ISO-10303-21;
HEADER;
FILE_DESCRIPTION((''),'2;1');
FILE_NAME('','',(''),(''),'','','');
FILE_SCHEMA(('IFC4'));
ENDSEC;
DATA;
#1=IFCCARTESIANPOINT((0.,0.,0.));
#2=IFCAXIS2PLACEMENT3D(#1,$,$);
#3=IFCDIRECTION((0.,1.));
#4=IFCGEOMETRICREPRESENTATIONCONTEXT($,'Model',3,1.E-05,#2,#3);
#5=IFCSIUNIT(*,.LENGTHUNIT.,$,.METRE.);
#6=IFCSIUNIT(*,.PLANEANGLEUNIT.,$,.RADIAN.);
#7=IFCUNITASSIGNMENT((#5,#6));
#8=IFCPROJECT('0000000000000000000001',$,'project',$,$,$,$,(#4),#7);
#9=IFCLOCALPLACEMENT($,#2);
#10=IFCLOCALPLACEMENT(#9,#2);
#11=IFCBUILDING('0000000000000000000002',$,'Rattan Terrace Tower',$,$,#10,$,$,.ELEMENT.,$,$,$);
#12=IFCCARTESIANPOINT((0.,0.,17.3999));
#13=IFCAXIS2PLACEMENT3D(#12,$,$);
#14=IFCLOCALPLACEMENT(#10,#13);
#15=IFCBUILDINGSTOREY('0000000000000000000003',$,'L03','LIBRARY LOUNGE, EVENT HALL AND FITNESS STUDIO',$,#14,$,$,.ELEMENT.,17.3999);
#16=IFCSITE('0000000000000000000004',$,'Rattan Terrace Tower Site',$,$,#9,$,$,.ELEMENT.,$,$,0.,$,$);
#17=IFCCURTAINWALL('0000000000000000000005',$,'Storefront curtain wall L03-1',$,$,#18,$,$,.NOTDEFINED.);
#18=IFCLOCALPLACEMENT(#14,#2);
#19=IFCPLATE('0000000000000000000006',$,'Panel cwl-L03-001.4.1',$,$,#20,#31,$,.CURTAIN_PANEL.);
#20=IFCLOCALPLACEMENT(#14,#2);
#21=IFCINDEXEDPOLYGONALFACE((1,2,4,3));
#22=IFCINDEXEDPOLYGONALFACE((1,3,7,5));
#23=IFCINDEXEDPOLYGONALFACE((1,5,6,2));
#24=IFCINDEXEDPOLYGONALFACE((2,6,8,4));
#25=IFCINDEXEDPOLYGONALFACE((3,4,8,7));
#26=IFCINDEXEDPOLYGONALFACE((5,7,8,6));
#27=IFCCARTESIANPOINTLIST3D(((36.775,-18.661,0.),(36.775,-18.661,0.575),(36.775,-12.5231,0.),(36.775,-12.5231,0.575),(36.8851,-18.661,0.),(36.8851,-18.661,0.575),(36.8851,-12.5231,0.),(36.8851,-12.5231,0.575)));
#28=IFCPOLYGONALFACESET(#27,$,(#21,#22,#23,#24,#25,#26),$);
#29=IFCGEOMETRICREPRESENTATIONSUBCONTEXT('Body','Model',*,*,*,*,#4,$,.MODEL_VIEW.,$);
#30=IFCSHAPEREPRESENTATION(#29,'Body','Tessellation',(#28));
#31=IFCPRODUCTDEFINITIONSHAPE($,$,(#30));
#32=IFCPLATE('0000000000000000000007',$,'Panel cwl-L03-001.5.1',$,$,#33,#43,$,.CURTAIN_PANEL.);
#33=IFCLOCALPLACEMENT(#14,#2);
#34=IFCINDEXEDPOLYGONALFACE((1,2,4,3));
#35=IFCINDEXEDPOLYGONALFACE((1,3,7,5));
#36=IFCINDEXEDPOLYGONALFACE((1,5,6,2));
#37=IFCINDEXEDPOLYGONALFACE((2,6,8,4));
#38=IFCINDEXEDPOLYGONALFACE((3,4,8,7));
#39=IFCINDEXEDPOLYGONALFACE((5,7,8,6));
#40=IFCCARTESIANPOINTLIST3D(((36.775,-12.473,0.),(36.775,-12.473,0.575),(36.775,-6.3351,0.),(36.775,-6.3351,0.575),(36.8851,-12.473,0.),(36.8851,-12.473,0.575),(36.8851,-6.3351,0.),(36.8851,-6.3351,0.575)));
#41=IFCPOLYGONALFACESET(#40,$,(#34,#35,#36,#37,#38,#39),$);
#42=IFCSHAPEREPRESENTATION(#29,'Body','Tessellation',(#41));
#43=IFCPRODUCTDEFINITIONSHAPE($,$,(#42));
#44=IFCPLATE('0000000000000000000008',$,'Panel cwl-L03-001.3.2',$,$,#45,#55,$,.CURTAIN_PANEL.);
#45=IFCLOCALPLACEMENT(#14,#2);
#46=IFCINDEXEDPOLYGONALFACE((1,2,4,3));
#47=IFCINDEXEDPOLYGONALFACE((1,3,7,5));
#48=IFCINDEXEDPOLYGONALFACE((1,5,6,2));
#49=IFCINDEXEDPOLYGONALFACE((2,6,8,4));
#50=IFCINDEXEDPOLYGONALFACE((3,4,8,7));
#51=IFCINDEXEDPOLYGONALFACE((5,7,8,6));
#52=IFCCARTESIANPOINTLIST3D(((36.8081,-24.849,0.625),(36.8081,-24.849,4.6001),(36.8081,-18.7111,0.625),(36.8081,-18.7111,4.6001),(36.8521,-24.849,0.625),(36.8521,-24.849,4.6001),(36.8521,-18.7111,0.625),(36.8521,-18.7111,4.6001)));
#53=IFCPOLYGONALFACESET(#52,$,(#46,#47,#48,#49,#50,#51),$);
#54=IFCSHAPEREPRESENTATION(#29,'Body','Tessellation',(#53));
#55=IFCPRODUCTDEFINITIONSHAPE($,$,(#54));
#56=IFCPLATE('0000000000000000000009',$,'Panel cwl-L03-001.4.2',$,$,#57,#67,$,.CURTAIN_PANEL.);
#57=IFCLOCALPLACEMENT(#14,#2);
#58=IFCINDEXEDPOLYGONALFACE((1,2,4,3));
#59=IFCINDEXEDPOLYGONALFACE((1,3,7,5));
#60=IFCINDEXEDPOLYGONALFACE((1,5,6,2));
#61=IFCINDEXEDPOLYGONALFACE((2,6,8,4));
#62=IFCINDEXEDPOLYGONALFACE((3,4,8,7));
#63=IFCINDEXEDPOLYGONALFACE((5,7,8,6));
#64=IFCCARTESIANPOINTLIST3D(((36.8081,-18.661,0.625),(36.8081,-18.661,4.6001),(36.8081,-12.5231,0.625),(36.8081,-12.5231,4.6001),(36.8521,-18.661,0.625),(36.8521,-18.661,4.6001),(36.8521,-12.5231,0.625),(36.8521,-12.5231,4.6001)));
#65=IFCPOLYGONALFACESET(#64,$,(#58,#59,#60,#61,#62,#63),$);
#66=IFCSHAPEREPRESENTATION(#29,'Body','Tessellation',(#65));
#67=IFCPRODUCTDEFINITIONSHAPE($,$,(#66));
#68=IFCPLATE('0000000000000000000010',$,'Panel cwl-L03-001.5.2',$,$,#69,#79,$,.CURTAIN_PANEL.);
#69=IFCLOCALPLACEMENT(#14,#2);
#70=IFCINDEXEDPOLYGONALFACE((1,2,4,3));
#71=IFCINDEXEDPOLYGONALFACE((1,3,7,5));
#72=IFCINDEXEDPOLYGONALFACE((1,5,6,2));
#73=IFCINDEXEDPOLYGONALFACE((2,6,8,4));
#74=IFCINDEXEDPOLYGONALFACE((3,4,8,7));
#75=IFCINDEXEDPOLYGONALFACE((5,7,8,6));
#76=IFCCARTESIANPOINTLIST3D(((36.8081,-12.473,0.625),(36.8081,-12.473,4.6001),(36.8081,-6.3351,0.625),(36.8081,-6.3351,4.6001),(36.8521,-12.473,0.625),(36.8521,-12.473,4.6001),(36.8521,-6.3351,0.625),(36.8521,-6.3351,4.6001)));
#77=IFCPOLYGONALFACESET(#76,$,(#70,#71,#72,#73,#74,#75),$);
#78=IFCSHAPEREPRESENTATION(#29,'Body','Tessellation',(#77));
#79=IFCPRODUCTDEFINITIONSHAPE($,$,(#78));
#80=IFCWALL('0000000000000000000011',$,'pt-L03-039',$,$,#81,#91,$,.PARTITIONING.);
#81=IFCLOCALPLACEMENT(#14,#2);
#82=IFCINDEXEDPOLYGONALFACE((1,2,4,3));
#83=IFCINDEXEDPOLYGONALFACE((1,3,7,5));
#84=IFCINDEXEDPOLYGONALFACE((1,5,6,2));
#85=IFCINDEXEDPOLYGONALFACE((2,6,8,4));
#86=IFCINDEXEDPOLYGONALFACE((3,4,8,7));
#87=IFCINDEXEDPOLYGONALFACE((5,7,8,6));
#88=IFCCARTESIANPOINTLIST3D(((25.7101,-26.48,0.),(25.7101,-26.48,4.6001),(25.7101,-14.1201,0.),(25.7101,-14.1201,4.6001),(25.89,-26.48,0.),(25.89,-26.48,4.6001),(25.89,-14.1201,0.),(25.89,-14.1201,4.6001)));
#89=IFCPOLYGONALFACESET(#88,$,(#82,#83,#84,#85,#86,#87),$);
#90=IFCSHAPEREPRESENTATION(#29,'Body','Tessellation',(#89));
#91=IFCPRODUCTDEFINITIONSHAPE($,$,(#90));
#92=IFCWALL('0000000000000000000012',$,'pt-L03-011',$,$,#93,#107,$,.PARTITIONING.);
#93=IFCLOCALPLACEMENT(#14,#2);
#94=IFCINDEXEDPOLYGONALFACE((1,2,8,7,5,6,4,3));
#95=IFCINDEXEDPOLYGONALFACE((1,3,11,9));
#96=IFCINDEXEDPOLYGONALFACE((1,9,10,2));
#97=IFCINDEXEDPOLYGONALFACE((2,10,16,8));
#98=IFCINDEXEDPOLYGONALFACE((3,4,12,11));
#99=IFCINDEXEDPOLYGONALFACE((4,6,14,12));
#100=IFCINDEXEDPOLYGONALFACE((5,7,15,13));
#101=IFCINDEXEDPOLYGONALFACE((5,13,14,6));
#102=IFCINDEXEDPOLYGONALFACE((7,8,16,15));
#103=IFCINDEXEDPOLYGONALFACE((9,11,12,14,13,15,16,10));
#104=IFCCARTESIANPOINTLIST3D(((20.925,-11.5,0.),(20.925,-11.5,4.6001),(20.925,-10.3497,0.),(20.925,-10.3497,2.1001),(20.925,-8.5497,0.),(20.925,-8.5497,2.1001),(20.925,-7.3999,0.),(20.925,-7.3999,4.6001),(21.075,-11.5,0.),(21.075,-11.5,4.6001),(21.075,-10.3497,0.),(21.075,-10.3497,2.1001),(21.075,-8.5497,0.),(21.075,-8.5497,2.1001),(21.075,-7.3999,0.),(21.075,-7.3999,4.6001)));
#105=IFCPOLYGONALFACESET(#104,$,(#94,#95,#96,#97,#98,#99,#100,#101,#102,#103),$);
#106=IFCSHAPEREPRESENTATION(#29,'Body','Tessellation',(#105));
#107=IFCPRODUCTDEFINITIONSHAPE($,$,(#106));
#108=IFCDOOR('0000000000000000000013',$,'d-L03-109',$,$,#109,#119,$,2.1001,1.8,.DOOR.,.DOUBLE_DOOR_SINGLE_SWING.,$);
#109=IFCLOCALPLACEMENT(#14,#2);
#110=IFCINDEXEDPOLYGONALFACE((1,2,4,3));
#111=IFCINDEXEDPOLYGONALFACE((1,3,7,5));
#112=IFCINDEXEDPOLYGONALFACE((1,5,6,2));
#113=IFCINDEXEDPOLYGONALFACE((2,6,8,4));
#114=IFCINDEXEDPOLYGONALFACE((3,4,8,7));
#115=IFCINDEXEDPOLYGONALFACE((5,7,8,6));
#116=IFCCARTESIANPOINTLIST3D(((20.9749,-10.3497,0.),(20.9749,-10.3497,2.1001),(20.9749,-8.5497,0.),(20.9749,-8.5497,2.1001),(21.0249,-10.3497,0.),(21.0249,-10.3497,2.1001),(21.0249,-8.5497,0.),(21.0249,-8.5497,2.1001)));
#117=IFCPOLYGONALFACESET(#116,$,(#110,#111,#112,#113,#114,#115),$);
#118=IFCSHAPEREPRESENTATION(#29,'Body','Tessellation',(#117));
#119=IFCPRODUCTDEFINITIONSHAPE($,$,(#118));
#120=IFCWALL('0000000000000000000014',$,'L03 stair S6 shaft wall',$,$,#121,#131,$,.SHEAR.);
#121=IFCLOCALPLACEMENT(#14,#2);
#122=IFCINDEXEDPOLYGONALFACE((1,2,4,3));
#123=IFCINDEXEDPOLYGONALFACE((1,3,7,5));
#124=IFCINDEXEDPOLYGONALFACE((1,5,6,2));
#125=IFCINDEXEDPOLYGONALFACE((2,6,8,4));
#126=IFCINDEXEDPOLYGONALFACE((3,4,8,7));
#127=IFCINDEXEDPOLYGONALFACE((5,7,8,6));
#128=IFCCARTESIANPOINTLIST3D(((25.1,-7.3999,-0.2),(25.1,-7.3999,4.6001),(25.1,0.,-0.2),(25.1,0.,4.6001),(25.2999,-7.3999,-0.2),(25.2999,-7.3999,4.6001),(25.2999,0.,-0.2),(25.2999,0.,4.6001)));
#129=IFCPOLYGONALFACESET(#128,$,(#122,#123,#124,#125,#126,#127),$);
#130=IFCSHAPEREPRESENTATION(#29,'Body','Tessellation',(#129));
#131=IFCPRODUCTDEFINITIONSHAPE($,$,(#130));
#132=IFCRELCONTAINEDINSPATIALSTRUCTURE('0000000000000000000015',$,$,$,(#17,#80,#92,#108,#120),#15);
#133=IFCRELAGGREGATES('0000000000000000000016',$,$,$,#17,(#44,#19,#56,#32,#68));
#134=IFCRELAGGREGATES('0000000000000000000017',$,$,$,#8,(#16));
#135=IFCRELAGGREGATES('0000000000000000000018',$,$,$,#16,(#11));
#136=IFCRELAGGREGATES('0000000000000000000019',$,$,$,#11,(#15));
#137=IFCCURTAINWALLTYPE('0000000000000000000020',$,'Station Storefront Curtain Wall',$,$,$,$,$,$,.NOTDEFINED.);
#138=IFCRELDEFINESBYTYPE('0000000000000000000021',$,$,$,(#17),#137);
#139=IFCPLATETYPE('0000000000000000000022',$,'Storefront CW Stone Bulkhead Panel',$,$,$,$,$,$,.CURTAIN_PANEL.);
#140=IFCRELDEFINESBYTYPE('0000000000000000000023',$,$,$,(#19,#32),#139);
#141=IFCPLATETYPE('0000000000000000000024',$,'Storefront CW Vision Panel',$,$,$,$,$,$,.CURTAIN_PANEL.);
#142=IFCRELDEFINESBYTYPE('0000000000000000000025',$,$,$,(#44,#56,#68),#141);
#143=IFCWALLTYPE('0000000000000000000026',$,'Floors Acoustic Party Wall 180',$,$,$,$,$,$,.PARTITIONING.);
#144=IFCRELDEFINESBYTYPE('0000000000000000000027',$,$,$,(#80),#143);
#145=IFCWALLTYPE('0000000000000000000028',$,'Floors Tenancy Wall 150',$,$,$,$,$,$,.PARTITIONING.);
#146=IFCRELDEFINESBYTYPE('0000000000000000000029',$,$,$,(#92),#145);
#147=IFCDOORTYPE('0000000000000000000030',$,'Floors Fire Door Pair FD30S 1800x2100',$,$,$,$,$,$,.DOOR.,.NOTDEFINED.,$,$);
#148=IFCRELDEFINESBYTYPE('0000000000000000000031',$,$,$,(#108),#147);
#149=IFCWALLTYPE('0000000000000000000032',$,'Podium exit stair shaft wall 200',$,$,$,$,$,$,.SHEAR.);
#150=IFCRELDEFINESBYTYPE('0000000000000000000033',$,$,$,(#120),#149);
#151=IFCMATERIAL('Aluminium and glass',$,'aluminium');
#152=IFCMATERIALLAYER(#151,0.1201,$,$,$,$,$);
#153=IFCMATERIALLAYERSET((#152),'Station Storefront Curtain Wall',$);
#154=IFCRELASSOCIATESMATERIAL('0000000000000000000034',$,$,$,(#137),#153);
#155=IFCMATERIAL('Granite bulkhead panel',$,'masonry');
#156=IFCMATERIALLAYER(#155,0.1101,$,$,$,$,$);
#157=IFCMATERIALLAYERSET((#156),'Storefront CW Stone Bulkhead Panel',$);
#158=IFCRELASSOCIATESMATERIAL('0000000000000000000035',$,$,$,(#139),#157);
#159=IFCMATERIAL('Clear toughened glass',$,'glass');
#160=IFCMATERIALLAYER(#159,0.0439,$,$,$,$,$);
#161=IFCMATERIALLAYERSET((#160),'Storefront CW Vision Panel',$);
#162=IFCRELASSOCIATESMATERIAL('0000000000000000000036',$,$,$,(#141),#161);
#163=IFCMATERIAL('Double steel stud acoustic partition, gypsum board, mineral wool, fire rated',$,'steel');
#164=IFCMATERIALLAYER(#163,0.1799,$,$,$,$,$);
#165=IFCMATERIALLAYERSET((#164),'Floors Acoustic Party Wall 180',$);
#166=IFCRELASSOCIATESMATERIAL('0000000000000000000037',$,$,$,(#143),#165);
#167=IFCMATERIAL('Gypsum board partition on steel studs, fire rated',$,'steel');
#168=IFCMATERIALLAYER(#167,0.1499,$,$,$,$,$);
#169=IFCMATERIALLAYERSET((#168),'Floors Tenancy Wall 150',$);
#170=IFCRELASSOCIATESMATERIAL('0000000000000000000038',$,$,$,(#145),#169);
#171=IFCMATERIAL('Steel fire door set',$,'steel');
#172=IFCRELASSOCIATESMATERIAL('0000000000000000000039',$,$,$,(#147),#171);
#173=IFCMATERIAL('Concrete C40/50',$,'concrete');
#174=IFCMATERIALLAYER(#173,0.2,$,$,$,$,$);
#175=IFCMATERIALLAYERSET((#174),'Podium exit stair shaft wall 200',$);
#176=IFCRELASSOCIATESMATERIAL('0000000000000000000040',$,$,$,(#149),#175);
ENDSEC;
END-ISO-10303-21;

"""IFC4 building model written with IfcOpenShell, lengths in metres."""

from ifc_helpers import new_model, si_unit, direction, frame, frame_2d, origin, origin_2d, place, context, subcontext, project, spatial, rectangle, extrude, material, layer, layer_set, type_object, element, fill, aggregate, save


model = new_model("IFC4")

# Units and contexts
model_context = context("Model", 3, precision=1e-05, world=origin(), true_north=direction((0.0, 1.0)))
body_context = subcontext(model_context, "Body", "Model", "MODEL_VIEW")
ifc_project = project(units=[si_unit("LENGTHUNIT", "METRE"), si_unit("PLANEANGLEUNIT", "RADIAN")], contexts=[model_context])

# Site, building, storey
site_placement = place(None, origin())
site = spatial("IfcSite", under=ifc_project, at=site_placement, Name="Rattan Terrace Tower Site", CompositionType="ELEMENT", RefElevation=0.0)
building_placement = place(site_placement, origin())
building = spatial("IfcBuilding", under=site, at=building_placement, Name="Rattan Terrace Tower", CompositionType="ELEMENT")
storey_placement = place(building_placement, frame((0.0, 0.0, 17.3999)))
storey = spatial("IfcBuildingStorey", under=building, at=storey_placement, Name="L03", Description="LIBRARY LOUNGE, EVENT HALL AND FITNESS STUDIO", CompositionType="ELEMENT", Elevation=17.3999)

# Curtain wall, plates
ifc_material_1 = material(Name="Aluminium and glass", Category="aluminium")
ifc_layer_1 = layer(ifc_material_1, 0.1201)
ifc_layer_set_1 = layer_set([ifc_layer_1], Name="Station Storefront Curtain Wall")
curtain_wall_type = type_object("IfcCurtainWallType", Name="Station Storefront Curtain Wall", PredefinedType="NOTDEFINED", material=ifc_layer_set_1)
curtain_wall_placement = place(storey_placement, origin())
curtain_wall = element("IfcCurtainWall", 1, at=curtain_wall_placement, inside=storey, type_object=curtain_wall_type, Name="Storefront curtain wall L03-1", PredefinedType="NOTDEFINED")
ifc_material_2 = material(Name="Granite bulkhead panel", Category="masonry")
ifc_layer_2 = layer(ifc_material_2, 0.1101)
ifc_layer_set_2 = layer_set([ifc_layer_2], Name="Storefront CW Stone Bulkhead Panel")
plate_type_1 = type_object("IfcPlateType", Name="Storefront CW Stone Bulkhead Panel", PredefinedType="CURTAIN_PANEL", material=ifc_layer_set_2)
plate_1_placement = place(storey_placement, frame((36.8301, -15.592, 0.0), z_axis=(0.0, 0.0, 1.0), x_axis=(0.0, 1.0, 0.0)))
plate_1 = element("IfcPlate", 2, at=plate_1_placement, type_object=plate_type_1, Name="Panel cwl-L03-001.4.1", PredefinedType="CURTAIN_PANEL", context=body_context, shape_type="SweptSolid", body=[
    extrude(rectangle(XDim=6.1379, YDim=0.1101, at=origin_2d()), origin(), (0.0, 0.0, 1.0), 0.575),
])
plate_2_placement = place(storey_placement, frame((36.8301, -9.4041, 0.0), z_axis=(0.0, 0.0, 1.0), x_axis=(0.0, 1.0, 0.0)))
plate_2 = element("IfcPlate", 3, at=plate_2_placement, type_object=plate_type_1, Name="Panel cwl-L03-001.5.1", PredefinedType="CURTAIN_PANEL", context=body_context, shape_type="SweptSolid", body=[
    extrude(rectangle(XDim=6.1379, YDim=0.1101, at=origin_2d()), origin(), (0.0, 0.0, 1.0), 0.575),
])
ifc_material_3 = material(Name="Clear toughened glass", Category="glass")
ifc_layer_3 = layer(ifc_material_3, 0.0439)
ifc_layer_set_3 = layer_set([ifc_layer_3], Name="Storefront CW Vision Panel")
plate_type_2 = type_object("IfcPlateType", Name="Storefront CW Vision Panel", PredefinedType="CURTAIN_PANEL", material=ifc_layer_set_3)
plate_3_placement = place(storey_placement, frame((36.8301, -21.78, 0.625), z_axis=(0.0, 0.0, 1.0), x_axis=(0.0, 1.0, 0.0)))
plate_3 = element("IfcPlate", 4, at=plate_3_placement, type_object=plate_type_2, Name="Panel cwl-L03-001.3.2", PredefinedType="CURTAIN_PANEL", context=body_context, shape_type="SweptSolid", body=[
    extrude(rectangle(XDim=6.1379, YDim=0.0439, at=origin_2d()), origin(), (0.0, 0.0, 1.0), 3.9751),
])
plate_4_placement = place(storey_placement, frame((36.8301, -15.592, 0.625), z_axis=(0.0, 0.0, 1.0), x_axis=(0.0, 1.0, 0.0)))
plate_4 = element("IfcPlate", 5, at=plate_4_placement, type_object=plate_type_2, Name="Panel cwl-L03-001.4.2", PredefinedType="CURTAIN_PANEL", context=body_context, shape_type="SweptSolid", body=[
    extrude(rectangle(XDim=6.1379, YDim=0.0439, at=origin_2d()), origin(), (0.0, 0.0, 1.0), 3.9751),
])
plate_5_placement = place(storey_placement, frame((36.8301, -9.4041, 0.625), z_axis=(0.0, 0.0, 1.0), x_axis=(0.0, 1.0, 0.0)))
plate_5 = element("IfcPlate", 6, at=plate_5_placement, type_object=plate_type_2, Name="Panel cwl-L03-001.5.2", PredefinedType="CURTAIN_PANEL", context=body_context, shape_type="SweptSolid", body=[
    extrude(rectangle(XDim=6.1379, YDim=0.0439, at=origin_2d()), origin(), (0.0, 0.0, 1.0), 3.9751),
])
aggregate(curtain_wall, [plate_3, plate_1, plate_4, plate_2, plate_5])

# Wall
ifc_material_4 = material(Name="Double steel stud acoustic partition, gypsum board, mineral wool, fire rated", Category="steel")
ifc_layer_4 = layer(ifc_material_4, 0.1799)
ifc_layer_set_4 = layer_set([ifc_layer_4], Name="Floors Acoustic Party Wall 180")
wall_type_1 = type_object("IfcWallType", Name="Floors Acoustic Party Wall 180", PredefinedType="PARTITIONING", material=ifc_layer_set_4)
wall_1_placement = place(storey_placement, frame((25.8, -14.1201, 0.0), z_axis=(0.0, 0.0, 1.0), x_axis=(0.0, -1.0, 0.0)))
element("IfcWall", 7, at=wall_1_placement, inside=storey, type_object=wall_type_1, Name="pt-L03-039", PredefinedType="PARTITIONING", context=body_context, shape_type="SweptSolid", body=[
    extrude(rectangle(XDim=12.3599, YDim=0.1799, at=frame_2d((6.1799, 0.0))), origin(), (0.0, 0.0, 1.0), 4.6001),
])

# Wall, opening, door
ifc_material_5 = material(Name="Gypsum board partition on steel studs, fire rated", Category="steel")
ifc_layer_5 = layer(ifc_material_5, 0.1499)
ifc_layer_set_5 = layer_set([ifc_layer_5], Name="Floors Tenancy Wall 150")
wall_type_2 = type_object("IfcWallType", Name="Floors Tenancy Wall 150", PredefinedType="PARTITIONING", material=ifc_layer_set_5)
wall_2_placement = place(storey_placement, frame((21.0, -7.3999, 0.0), z_axis=(0.0, 0.0, 1.0), x_axis=(0.0, -1.0, 0.0)))
wall_2 = element("IfcWall", 8, at=wall_2_placement, inside=storey, type_object=wall_type_2, Name="pt-L03-011", PredefinedType="PARTITIONING", context=body_context, shape_type="SweptSolid", body=[
    extrude(rectangle(XDim=4.1001, YDim=0.1499, at=frame_2d((2.05, 0.0))), origin(), (0.0, 0.0, 1.0), 4.6001),
])
opening_placement = place(wall_2_placement, frame((1.1499, 0.0, 0.0)))
opening = element("IfcOpeningElement", 9, at=opening_placement, cuts=wall_2, PredefinedType="OPENING", context=body_context, shape_type="SweptSolid", body=[
    extrude(rectangle(XDim=1.8, YDim=2.1001, at=frame_2d((0.8999, 1.05))), frame((0.0, 0.0854, 0.0), z_axis=(0.0, -1.0, 0.0), x_axis=(1.0, 0.0, 0.0)), (0.0, 0.0, 1.0), 0.1709),
])
ifc_material_6 = material(Name="Steel fire door set", Category="steel")
door_type = type_object("IfcDoorType", Name="Floors Fire Door Pair FD30S 1800x2100", OperationType="NOTDEFINED", PredefinedType="DOOR", material=ifc_material_6)
door_placement = place(opening_placement, origin())
door = element("IfcDoor", 10, at=door_placement, inside=storey, type_object=door_type, Name="d-L03-109", OperationType="DOUBLE_DOOR_SINGLE_SWING", OverallHeight=2.1001, OverallWidth=1.8, PredefinedType="DOOR", context=body_context, shape_type="SweptSolid", body=[
    extrude(rectangle(XDim=1.8, YDim=2.1001, at=frame_2d((0.8999, 1.05))), frame((0.0, 0.0249, 0.0), z_axis=(0.0, -1.0, 0.0), x_axis=(1.0, 0.0, 0.0)), (0.0, 0.0, 1.0), 0.05),
])
fill(opening, door)

# Wall
ifc_material_7 = material(Name="Concrete C40/50", Category="concrete")
ifc_layer_6 = layer(ifc_material_7, 0.2)
ifc_layer_set_6 = layer_set([ifc_layer_6], Name="Podium exit stair shaft wall 200")
wall_type_3 = type_object("IfcWallType", Name="Podium exit stair shaft wall 200", PredefinedType="SHEAR", material=ifc_layer_set_6)
wall_3_placement = place(storey_placement, frame((25.2, -7.3999, -0.2), z_axis=(0.0, 0.0, 1.0), x_axis=(0.0, 1.0, 0.0)))
element("IfcWall", 11, at=wall_3_placement, inside=storey, type_object=wall_type_3, Name="L03 stair S6 shaft wall", PredefinedType="SHEAR", context=body_context, shape_type="SweptSolid", body=[
    extrude(rectangle(XDim=7.3999, YDim=0.2, at=frame_2d((3.7, 0.0))), origin(), (0.0, 0.0, 1.0), 4.8),
])

save(model, "model.ifc")
